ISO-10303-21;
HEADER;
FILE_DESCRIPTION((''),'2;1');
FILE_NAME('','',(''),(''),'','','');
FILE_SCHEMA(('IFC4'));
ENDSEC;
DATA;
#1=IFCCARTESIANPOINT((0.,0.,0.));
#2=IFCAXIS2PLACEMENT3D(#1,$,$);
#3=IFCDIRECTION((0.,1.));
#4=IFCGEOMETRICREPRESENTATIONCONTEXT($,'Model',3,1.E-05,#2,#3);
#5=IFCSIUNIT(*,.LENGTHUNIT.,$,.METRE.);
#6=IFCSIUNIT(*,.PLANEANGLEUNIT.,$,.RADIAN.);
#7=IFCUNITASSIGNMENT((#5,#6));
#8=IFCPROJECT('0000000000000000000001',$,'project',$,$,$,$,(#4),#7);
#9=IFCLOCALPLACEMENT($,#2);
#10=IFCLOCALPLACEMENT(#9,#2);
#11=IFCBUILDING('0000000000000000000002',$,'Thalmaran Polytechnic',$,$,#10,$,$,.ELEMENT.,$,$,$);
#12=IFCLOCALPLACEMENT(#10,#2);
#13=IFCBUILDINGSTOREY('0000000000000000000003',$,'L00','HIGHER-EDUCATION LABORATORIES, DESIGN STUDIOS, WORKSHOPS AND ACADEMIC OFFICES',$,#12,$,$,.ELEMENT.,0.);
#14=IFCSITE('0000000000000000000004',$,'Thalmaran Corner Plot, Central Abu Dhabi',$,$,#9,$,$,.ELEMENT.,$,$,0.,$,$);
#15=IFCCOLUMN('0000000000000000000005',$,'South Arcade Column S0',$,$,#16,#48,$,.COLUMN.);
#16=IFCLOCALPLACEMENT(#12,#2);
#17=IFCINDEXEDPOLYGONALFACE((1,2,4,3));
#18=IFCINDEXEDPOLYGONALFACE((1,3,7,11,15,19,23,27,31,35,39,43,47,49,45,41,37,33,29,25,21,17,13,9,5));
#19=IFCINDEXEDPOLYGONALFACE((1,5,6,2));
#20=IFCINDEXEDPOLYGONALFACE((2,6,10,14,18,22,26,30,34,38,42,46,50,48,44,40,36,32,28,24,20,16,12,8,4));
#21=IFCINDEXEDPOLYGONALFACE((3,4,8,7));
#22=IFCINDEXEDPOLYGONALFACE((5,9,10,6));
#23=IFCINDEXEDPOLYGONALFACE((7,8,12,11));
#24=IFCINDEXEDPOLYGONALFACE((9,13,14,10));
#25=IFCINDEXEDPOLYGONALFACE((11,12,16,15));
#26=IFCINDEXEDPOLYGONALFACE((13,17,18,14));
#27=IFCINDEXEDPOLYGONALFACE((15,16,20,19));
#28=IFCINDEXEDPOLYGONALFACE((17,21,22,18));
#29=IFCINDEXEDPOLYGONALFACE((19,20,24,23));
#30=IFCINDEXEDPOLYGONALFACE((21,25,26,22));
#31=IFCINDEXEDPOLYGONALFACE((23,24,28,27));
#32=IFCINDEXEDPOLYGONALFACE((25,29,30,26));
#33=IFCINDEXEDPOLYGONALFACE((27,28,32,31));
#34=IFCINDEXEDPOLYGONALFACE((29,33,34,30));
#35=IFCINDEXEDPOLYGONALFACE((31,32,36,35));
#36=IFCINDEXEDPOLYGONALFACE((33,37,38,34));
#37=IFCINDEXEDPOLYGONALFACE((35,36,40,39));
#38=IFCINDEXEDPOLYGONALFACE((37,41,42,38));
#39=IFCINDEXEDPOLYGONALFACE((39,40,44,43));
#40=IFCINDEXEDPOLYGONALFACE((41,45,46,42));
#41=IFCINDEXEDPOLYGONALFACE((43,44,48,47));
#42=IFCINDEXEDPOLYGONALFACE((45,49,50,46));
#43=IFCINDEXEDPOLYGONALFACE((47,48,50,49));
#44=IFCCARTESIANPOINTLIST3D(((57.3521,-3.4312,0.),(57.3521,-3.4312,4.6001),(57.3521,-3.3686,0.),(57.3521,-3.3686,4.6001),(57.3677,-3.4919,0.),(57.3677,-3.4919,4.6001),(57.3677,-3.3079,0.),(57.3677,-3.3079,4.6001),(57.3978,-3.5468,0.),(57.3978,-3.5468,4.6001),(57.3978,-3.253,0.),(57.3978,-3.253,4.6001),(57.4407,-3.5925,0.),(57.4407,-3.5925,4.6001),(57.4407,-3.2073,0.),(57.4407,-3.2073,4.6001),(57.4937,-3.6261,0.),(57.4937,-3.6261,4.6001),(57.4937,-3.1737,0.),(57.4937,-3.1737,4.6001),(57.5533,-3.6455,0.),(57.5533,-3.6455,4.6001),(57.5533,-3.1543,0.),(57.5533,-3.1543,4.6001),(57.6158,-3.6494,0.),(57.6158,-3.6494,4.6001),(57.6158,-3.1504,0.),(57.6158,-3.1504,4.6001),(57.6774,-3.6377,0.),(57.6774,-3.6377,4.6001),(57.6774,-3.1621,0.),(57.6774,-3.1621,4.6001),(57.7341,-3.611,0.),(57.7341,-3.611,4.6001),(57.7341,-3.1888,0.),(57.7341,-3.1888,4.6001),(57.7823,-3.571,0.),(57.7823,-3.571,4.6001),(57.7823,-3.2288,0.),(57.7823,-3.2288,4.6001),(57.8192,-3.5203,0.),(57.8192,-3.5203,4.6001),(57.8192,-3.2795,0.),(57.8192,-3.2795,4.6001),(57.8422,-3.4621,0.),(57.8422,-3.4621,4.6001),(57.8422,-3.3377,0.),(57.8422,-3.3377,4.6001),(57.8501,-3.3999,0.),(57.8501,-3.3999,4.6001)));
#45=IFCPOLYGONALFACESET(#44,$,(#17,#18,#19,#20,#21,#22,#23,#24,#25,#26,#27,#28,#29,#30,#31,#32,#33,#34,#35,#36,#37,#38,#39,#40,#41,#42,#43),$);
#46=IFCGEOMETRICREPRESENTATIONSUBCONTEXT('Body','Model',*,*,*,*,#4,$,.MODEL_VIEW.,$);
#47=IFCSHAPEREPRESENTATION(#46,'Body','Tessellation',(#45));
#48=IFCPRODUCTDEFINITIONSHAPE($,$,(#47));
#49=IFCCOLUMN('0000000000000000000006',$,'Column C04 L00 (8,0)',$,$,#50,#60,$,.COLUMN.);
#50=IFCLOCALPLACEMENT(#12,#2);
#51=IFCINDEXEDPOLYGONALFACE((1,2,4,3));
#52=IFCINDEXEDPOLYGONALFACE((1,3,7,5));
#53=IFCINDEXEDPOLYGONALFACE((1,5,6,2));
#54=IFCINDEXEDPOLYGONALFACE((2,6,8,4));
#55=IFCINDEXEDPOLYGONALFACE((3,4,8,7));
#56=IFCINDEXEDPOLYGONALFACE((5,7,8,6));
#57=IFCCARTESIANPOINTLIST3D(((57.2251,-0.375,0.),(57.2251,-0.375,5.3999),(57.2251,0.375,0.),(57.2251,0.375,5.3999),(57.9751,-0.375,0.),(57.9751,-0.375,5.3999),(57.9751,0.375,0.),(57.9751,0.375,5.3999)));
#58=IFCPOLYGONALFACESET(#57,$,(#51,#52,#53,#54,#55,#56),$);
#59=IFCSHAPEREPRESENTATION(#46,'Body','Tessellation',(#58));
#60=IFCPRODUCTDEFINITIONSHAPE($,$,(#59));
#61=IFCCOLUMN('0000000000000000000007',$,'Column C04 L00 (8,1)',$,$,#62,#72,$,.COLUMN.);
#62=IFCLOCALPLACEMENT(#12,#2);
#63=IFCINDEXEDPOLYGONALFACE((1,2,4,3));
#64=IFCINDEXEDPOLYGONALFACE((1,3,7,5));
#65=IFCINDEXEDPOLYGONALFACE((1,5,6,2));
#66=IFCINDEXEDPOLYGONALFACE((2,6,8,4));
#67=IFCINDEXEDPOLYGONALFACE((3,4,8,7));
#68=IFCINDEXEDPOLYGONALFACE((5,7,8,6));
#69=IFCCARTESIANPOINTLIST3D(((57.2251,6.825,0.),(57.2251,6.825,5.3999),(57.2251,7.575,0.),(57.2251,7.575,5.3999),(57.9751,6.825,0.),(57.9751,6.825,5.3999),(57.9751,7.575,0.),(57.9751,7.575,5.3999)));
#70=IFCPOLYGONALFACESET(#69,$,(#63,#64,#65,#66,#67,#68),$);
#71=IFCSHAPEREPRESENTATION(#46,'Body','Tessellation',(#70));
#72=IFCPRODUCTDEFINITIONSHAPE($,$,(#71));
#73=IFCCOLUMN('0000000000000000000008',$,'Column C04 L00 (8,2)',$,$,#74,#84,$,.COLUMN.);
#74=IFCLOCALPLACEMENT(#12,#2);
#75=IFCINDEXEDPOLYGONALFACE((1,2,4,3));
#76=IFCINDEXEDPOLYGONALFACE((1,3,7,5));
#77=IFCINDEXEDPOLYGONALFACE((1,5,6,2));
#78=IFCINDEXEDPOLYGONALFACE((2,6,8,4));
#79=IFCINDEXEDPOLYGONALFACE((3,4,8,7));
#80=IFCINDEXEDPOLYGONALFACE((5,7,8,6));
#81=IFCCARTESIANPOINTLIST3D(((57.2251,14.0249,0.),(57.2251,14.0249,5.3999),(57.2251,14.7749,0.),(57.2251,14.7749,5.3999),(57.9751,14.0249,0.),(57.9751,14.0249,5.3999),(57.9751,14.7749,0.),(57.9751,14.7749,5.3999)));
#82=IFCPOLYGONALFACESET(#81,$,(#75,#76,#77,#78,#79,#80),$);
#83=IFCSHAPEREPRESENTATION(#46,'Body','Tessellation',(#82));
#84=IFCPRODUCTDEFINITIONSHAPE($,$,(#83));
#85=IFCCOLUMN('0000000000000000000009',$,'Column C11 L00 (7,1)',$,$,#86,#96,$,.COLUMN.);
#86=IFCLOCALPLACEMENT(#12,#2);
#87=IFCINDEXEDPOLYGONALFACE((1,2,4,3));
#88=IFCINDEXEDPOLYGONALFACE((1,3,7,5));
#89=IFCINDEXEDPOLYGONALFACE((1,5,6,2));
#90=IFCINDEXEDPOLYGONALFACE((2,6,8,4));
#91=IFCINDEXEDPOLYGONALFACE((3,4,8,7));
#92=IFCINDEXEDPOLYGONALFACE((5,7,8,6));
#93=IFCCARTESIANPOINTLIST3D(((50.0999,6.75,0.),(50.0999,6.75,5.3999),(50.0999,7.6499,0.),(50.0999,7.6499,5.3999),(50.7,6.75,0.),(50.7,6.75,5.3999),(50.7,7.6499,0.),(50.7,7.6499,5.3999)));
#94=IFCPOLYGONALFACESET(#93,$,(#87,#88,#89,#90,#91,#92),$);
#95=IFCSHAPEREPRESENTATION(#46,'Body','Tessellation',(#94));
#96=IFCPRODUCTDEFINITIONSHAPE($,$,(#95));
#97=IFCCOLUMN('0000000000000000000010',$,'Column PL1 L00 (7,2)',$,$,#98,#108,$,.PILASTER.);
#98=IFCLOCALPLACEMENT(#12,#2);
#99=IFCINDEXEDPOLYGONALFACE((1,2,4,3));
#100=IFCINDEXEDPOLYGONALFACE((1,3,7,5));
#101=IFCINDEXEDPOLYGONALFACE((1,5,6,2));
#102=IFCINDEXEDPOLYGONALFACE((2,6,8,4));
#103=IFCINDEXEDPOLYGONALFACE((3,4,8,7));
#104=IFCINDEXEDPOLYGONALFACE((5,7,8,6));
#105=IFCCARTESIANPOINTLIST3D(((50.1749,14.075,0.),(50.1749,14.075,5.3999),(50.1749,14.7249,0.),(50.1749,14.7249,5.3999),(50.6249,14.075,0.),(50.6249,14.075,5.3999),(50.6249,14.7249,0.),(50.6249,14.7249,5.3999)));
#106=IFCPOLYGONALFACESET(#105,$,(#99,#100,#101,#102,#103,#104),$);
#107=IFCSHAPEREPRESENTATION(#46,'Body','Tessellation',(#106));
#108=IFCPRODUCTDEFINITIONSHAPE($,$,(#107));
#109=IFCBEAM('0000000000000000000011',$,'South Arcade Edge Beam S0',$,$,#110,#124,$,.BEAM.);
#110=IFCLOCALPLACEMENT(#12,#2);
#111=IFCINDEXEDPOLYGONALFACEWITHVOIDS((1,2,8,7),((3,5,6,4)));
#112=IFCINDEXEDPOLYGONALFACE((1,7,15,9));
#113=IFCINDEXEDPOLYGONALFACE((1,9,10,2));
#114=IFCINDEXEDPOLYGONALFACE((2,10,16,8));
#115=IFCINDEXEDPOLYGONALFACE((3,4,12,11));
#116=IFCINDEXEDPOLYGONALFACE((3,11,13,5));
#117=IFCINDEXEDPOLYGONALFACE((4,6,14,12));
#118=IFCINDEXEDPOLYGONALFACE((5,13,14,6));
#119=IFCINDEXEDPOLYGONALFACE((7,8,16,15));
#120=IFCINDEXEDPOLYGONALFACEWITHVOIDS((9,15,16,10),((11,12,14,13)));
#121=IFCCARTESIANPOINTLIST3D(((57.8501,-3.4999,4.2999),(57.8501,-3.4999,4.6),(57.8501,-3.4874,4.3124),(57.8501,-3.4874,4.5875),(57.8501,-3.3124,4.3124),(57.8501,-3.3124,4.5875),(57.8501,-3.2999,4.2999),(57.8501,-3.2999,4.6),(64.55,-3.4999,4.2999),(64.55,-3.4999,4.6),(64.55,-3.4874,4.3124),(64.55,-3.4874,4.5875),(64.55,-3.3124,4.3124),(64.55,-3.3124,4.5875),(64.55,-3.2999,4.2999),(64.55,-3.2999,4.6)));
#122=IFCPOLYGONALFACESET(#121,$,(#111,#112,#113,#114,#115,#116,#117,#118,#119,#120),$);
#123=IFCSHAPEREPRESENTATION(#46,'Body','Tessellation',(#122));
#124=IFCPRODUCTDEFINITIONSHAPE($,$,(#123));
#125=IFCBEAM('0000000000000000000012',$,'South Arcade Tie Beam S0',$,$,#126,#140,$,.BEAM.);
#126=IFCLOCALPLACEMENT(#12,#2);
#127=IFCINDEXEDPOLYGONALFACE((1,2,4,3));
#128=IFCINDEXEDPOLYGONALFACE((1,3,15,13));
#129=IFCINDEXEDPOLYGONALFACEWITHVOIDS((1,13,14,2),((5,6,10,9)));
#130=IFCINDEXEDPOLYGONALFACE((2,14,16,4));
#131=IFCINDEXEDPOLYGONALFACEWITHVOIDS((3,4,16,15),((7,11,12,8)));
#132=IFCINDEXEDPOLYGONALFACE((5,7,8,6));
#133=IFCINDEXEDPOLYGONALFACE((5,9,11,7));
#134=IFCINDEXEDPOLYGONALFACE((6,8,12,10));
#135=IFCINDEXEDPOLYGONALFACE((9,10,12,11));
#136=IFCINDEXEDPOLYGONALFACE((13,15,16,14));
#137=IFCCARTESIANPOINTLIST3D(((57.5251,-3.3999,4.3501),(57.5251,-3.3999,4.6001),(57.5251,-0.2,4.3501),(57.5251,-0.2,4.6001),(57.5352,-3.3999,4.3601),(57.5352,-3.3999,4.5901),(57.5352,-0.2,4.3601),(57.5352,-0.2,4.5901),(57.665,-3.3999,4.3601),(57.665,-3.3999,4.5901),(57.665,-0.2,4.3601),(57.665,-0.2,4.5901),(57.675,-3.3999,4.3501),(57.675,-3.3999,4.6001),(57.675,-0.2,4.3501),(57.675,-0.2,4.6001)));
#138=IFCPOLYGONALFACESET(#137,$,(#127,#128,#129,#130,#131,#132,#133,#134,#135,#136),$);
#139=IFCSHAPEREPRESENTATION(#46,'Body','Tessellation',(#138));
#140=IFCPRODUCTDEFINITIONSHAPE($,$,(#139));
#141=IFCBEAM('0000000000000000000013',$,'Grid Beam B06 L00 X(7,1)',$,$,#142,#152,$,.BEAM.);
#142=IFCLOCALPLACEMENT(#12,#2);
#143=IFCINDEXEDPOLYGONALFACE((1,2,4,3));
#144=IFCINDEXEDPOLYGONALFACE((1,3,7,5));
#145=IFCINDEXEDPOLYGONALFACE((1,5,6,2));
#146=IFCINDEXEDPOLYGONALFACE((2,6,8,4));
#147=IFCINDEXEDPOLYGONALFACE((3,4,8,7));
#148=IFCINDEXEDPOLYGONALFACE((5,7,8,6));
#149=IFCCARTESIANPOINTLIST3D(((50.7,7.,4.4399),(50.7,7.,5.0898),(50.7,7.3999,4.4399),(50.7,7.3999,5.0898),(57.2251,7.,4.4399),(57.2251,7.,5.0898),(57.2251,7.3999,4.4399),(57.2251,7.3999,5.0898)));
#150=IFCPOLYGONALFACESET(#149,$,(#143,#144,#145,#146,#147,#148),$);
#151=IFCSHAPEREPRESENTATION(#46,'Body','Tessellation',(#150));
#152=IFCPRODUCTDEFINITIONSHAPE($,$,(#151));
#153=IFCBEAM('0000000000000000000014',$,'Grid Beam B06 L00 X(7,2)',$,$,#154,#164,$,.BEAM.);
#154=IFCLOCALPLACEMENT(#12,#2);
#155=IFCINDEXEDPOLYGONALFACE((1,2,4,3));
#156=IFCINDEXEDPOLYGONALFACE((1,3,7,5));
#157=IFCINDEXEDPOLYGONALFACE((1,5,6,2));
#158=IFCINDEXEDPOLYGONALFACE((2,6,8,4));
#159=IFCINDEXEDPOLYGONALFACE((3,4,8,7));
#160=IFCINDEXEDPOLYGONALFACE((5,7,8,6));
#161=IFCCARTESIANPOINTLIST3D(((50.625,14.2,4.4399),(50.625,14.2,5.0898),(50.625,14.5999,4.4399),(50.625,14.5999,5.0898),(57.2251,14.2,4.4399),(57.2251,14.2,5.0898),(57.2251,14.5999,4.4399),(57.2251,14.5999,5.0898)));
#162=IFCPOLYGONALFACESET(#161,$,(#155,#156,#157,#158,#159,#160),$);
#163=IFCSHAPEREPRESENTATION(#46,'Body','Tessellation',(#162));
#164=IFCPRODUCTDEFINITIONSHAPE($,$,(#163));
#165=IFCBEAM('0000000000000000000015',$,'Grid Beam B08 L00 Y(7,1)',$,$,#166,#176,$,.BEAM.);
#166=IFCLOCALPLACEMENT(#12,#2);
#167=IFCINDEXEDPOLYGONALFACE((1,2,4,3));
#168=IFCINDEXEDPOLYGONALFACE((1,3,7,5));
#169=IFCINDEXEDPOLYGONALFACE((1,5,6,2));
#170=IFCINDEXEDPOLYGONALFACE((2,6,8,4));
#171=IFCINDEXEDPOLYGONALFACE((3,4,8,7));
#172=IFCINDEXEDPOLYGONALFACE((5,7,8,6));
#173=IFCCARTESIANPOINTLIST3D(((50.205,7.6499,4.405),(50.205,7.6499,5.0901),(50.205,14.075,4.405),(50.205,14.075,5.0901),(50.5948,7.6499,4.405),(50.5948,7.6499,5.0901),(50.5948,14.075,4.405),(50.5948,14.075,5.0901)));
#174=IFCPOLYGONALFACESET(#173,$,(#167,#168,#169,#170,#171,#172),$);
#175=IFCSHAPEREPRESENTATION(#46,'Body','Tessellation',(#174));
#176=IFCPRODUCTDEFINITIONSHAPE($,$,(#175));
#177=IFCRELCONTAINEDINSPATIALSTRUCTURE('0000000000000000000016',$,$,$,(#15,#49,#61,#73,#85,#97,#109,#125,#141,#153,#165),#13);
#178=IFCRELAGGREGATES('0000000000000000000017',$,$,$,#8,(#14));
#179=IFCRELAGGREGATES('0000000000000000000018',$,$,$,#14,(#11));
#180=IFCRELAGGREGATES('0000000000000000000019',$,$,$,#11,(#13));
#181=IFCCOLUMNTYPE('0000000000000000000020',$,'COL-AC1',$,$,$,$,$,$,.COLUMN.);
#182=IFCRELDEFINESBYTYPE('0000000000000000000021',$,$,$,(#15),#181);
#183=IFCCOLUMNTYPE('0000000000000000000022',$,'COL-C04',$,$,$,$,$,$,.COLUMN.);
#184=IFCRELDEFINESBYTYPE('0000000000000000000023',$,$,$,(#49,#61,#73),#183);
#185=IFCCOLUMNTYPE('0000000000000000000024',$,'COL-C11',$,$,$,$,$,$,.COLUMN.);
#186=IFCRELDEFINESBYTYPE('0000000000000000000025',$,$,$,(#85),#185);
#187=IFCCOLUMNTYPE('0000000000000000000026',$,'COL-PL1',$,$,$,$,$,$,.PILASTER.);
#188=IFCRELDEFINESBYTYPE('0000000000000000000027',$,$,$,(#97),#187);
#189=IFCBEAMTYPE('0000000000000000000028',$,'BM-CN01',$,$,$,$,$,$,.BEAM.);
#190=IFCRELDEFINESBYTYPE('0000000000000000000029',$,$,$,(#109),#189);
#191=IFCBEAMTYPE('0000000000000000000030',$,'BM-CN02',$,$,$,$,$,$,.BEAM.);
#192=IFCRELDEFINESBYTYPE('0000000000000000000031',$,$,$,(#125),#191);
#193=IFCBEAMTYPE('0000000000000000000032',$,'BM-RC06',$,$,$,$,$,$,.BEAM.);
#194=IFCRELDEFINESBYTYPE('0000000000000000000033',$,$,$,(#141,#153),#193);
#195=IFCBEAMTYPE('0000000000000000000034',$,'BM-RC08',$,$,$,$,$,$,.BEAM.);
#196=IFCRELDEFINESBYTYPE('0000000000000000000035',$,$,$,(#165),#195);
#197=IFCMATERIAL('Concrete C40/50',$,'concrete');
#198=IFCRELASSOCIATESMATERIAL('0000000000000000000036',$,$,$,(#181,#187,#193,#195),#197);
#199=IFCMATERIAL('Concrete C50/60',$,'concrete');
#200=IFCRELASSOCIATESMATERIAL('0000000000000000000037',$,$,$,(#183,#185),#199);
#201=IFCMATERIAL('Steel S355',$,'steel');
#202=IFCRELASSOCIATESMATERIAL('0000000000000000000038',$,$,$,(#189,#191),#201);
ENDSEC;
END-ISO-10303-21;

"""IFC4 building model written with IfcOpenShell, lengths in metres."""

from ifc_helpers import new_model, si_unit, direction, frame, origin, origin_2d, place, context, subcontext, project, spatial, rectangle, hollow_rectangle, circle, extrude, material, material_profile, profile_set, type_object, element, save


model = new_model("IFC4")

# Units and contexts
model_context = context("Model", 3, precision=1e-05, world=origin(), true_north=direction((0.0, 1.0)))
body_context = subcontext(model_context, "Body", "Model", "MODEL_VIEW")
ifc_project = project(units=[si_unit("LENGTHUNIT", "METRE"), si_unit("PLANEANGLEUNIT", "RADIAN")], contexts=[model_context])

# Site, building, storey
site_placement = place(None, origin())
site = spatial("IfcSite", under=ifc_project, at=site_placement, Name="Thalmaran Corner Plot, Central Abu Dhabi", CompositionType="ELEMENT", RefElevation=0.0)
building_placement = place(site_placement, origin())
building = spatial("IfcBuilding", under=site, at=building_placement, Name="Thalmaran Polytechnic", CompositionType="ELEMENT")
storey_placement = place(building_placement, origin())
storey = spatial("IfcBuildingStorey", under=building, at=storey_placement, Name="L00", Description="HIGHER-EDUCATION LABORATORIES, DESIGN STUDIOS, WORKSHOPS AND ACADEMIC OFFICES", CompositionType="ELEMENT", Elevation=0.0)

# Columns
ifc_material_1 = material(Name="Concrete C40/50", Category="concrete")
ifc_material_profile_1 = material_profile(ifc_material_1, circle(Radius=0.25, at=origin_2d()), Name="RC 500 DIA")
ifc_profile_set_1 = profile_set([ifc_material_profile_1], Name="Concrete C40/50")
column_type_1 = type_object("IfcColumnType", Name="COL-AC1", PredefinedType="COLUMN", material=ifc_profile_set_1)
column_1_placement = place(storey_placement, frame((57.6001, -3.3999, 0.0), z_axis=(0.0, 0.0, 1.0), x_axis=(1.0, 0.0, 0.0)))
element("IfcColumn", 1, at=column_1_placement, inside=storey, type_object=column_type_1, Name="South Arcade Column S0", PredefinedType="COLUMN", context=body_context, shape_type="SweptSolid", body=[
    extrude(circle(Radius=0.25, at=origin_2d()), origin(), (0.0, 0.0, 1.0), 4.6001),
])
ifc_material_2 = material(Name="Concrete C50/60", Category="concrete")
ifc_material_profile_2 = material_profile(ifc_material_2, rectangle(XDim=0.75, YDim=0.75, at=origin_2d()), Name="RC 750x750")
ifc_profile_set_2 = profile_set([ifc_material_profile_2], Name="Concrete C50/60")
column_type_2 = type_object("IfcColumnType", Name="COL-C04", PredefinedType="COLUMN", material=ifc_profile_set_2)
for number, where, z_axis, x_axis, name in (
    (2, (57.6001, 0.0, 0.0), (0.0, 0.0, 1.0), (1.0, 0.0, 0.0), "Column C04 L00 (8,0)"),
    (3, (57.6001, 7.2, 0.0), (0.0, 0.0, 1.0), (1.0, 0.0, 0.0), "Column C04 L00 (8,1)"),
    (4, (57.6001, 14.3999, 0.0), (0.0, 0.0, 1.0), (1.0, 0.0, 0.0), "Column C04 L00 (8,2)"),
):
    element("IfcColumn", number, at=place(storey_placement, frame(where, z_axis=z_axis, x_axis=x_axis)), inside=storey, type_object=column_type_2, Name=name, PredefinedType="COLUMN", context=body_context, shape_type="SweptSolid", body=[
        extrude(rectangle(XDim=0.75, YDim=0.75, at=origin_2d()), origin(), (0.0, 0.0, 1.0), 5.3999),
    ])
ifc_material_profile_3 = material_profile(ifc_material_2, rectangle(XDim=0.6001, YDim=0.8999, at=origin_2d()), Name="RC 600x900")
ifc_profile_set_3 = profile_set([ifc_material_profile_3], Name="Concrete C50/60")
column_type_3 = type_object("IfcColumnType", Name="COL-C11", PredefinedType="COLUMN", material=ifc_profile_set_3)
column_2_placement = place(storey_placement, frame((50.3999, 7.2, 0.0), z_axis=(0.0, 0.0, 1.0), x_axis=(1.0, 0.0, 0.0)))
element("IfcColumn", 5, at=column_2_placement, inside=storey, type_object=column_type_3, Name="Column C11 L00 (7,1)", PredefinedType="COLUMN", context=body_context, shape_type="SweptSolid", body=[
    extrude(rectangle(XDim=0.6001, YDim=0.8999, at=origin_2d()), origin(), (0.0, 0.0, 1.0), 5.3999),
])
ifc_material_profile_4 = material_profile(ifc_material_1, rectangle(XDim=0.45, YDim=0.6499, at=origin_2d()), Name="RC 450x650")
ifc_profile_set_4 = profile_set([ifc_material_profile_4], Name="Concrete C40/50")
column_type_4 = type_object("IfcColumnType", Name="COL-PL1", PredefinedType="PILASTER", material=ifc_profile_set_4)
column_3_placement = place(storey_placement, frame((50.3999, 14.3999, 0.0), z_axis=(0.0, 0.0, 1.0), x_axis=(1.0, 0.0, 0.0)))
element("IfcColumn", 6, at=column_3_placement, inside=storey, type_object=column_type_4, Name="Column PL1 L00 (7,2)", PredefinedType="PILASTER", context=body_context, shape_type="SweptSolid", body=[
    extrude(rectangle(XDim=0.45, YDim=0.6499, at=origin_2d()), origin(), (0.0, 0.0, 1.0), 5.3999),
])

# Beams
ifc_material_3 = material(Name="Steel S355", Category="steel")
ifc_material_profile_5 = material_profile(ifc_material_3, hollow_rectangle(XDim=0.2, YDim=0.3, WallThickness=0.0125, at=origin_2d()), Name="RHS 300x200x12.5")
ifc_profile_set_5 = profile_set([ifc_material_profile_5], Name="Steel S355")
beam_type_1 = type_object("IfcBeamType", Name="BM-CN01", PredefinedType="BEAM", material=ifc_profile_set_5)
beam_1_placement = place(storey_placement, frame((57.8501, -3.3999, 4.45), z_axis=(1.0, 0.0, 0.0), x_axis=(0.0, 1.0, 0.0)))
element("IfcBeam", 7, at=beam_1_placement, inside=storey, type_object=beam_type_1, Name="South Arcade Edge Beam S0", PredefinedType="BEAM", context=body_context, shape_type="SweptSolid", body=[
    extrude(hollow_rectangle(XDim=0.2, YDim=0.3, WallThickness=0.0125, at=origin_2d()), origin(), (0.0, 0.0, 1.0), 6.7),
])
ifc_material_profile_6 = material_profile(ifc_material_3, hollow_rectangle(XDim=0.1499, YDim=0.25, WallThickness=0.01, at=origin_2d()), Name="RHS 250x150x10.0")
ifc_profile_set_6 = profile_set([ifc_material_profile_6], Name="Steel S355")
beam_type_2 = type_object("IfcBeamType", Name="BM-CN02", PredefinedType="BEAM", material=ifc_profile_set_6)
beam_2_placement = place(storey_placement, frame((57.6001, -3.3999, 4.4751), z_axis=(0.0, 1.0, 0.0), x_axis=(-1.0, 0.0, 0.0)))
element("IfcBeam", 8, at=beam_2_placement, inside=storey, type_object=beam_type_2, Name="South Arcade Tie Beam S0", PredefinedType="BEAM", context=body_context, shape_type="SweptSolid", body=[
    extrude(hollow_rectangle(XDim=0.1499, YDim=0.25, WallThickness=0.01, at=origin_2d()), origin(), (0.0, 0.0, 1.0), 3.2),
])
ifc_material_profile_7 = material_profile(ifc_material_1, rectangle(XDim=0.3999, YDim=0.6499, at=origin_2d()), Name="RC 400x650")
ifc_profile_set_7 = profile_set([ifc_material_profile_7], Name="Concrete C40/50")
beam_type_3 = type_object("IfcBeamType", Name="BM-RC06", PredefinedType="BEAM", material=ifc_profile_set_7)
beam_3_placement = place(storey_placement, frame((50.7, 7.2, 4.7649), z_axis=(1.0, 0.0, 0.0), x_axis=(0.0, 1.0, 0.0)))
element("IfcBeam", 9, at=beam_3_placement, inside=storey, type_object=beam_type_3, Name="Grid Beam B06 L00 X(7,1)", PredefinedType="BEAM", context=body_context, shape_type="SweptSolid", body=[
    extrude(rectangle(XDim=0.3999, YDim=0.6499, at=origin_2d()), origin(), (0.0, 0.0, 1.0), 6.5251),
])
beam_4_placement = place(storey_placement, frame((50.625, 14.3999, 4.7649), z_axis=(1.0, 0.0, 0.0), x_axis=(0.0, 1.0, 0.0)))
element("IfcBeam", 10, at=beam_4_placement, inside=storey, type_object=beam_type_3, Name="Grid Beam B06 L00 X(7,2)", PredefinedType="BEAM", context=body_context, shape_type="SweptSolid", body=[
    extrude(rectangle(XDim=0.3999, YDim=0.6499, at=origin_2d()), origin(), (0.0, 0.0, 1.0), 6.6001),
])
ifc_material_profile_8 = material_profile(ifc_material_1, rectangle(XDim=0.3899, YDim=0.6851, at=origin_2d()), Name="RC 390x685")
ifc_profile_set_8 = profile_set([ifc_material_profile_8], Name="Concrete C40/50")
beam_type_4 = type_object("IfcBeamType", Name="BM-RC08", PredefinedType="BEAM", material=ifc_profile_set_8)
beam_5_placement = place(storey_placement, frame((50.3999, 7.6499, 4.7476), z_axis=(0.0, 1.0, 0.0), x_axis=(-1.0, 0.0, 0.0)))
element("IfcBeam", 11, at=beam_5_placement, inside=storey, type_object=beam_type_4, Name="Grid Beam B08 L00 Y(7,1)", PredefinedType="BEAM", context=body_context, shape_type="SweptSolid", body=[
    extrude(rectangle(XDim=0.3899, YDim=0.6851, at=origin_2d()), origin(), (0.0, 0.0, 1.0), 6.425),
])

save(model, "model.ifc")
